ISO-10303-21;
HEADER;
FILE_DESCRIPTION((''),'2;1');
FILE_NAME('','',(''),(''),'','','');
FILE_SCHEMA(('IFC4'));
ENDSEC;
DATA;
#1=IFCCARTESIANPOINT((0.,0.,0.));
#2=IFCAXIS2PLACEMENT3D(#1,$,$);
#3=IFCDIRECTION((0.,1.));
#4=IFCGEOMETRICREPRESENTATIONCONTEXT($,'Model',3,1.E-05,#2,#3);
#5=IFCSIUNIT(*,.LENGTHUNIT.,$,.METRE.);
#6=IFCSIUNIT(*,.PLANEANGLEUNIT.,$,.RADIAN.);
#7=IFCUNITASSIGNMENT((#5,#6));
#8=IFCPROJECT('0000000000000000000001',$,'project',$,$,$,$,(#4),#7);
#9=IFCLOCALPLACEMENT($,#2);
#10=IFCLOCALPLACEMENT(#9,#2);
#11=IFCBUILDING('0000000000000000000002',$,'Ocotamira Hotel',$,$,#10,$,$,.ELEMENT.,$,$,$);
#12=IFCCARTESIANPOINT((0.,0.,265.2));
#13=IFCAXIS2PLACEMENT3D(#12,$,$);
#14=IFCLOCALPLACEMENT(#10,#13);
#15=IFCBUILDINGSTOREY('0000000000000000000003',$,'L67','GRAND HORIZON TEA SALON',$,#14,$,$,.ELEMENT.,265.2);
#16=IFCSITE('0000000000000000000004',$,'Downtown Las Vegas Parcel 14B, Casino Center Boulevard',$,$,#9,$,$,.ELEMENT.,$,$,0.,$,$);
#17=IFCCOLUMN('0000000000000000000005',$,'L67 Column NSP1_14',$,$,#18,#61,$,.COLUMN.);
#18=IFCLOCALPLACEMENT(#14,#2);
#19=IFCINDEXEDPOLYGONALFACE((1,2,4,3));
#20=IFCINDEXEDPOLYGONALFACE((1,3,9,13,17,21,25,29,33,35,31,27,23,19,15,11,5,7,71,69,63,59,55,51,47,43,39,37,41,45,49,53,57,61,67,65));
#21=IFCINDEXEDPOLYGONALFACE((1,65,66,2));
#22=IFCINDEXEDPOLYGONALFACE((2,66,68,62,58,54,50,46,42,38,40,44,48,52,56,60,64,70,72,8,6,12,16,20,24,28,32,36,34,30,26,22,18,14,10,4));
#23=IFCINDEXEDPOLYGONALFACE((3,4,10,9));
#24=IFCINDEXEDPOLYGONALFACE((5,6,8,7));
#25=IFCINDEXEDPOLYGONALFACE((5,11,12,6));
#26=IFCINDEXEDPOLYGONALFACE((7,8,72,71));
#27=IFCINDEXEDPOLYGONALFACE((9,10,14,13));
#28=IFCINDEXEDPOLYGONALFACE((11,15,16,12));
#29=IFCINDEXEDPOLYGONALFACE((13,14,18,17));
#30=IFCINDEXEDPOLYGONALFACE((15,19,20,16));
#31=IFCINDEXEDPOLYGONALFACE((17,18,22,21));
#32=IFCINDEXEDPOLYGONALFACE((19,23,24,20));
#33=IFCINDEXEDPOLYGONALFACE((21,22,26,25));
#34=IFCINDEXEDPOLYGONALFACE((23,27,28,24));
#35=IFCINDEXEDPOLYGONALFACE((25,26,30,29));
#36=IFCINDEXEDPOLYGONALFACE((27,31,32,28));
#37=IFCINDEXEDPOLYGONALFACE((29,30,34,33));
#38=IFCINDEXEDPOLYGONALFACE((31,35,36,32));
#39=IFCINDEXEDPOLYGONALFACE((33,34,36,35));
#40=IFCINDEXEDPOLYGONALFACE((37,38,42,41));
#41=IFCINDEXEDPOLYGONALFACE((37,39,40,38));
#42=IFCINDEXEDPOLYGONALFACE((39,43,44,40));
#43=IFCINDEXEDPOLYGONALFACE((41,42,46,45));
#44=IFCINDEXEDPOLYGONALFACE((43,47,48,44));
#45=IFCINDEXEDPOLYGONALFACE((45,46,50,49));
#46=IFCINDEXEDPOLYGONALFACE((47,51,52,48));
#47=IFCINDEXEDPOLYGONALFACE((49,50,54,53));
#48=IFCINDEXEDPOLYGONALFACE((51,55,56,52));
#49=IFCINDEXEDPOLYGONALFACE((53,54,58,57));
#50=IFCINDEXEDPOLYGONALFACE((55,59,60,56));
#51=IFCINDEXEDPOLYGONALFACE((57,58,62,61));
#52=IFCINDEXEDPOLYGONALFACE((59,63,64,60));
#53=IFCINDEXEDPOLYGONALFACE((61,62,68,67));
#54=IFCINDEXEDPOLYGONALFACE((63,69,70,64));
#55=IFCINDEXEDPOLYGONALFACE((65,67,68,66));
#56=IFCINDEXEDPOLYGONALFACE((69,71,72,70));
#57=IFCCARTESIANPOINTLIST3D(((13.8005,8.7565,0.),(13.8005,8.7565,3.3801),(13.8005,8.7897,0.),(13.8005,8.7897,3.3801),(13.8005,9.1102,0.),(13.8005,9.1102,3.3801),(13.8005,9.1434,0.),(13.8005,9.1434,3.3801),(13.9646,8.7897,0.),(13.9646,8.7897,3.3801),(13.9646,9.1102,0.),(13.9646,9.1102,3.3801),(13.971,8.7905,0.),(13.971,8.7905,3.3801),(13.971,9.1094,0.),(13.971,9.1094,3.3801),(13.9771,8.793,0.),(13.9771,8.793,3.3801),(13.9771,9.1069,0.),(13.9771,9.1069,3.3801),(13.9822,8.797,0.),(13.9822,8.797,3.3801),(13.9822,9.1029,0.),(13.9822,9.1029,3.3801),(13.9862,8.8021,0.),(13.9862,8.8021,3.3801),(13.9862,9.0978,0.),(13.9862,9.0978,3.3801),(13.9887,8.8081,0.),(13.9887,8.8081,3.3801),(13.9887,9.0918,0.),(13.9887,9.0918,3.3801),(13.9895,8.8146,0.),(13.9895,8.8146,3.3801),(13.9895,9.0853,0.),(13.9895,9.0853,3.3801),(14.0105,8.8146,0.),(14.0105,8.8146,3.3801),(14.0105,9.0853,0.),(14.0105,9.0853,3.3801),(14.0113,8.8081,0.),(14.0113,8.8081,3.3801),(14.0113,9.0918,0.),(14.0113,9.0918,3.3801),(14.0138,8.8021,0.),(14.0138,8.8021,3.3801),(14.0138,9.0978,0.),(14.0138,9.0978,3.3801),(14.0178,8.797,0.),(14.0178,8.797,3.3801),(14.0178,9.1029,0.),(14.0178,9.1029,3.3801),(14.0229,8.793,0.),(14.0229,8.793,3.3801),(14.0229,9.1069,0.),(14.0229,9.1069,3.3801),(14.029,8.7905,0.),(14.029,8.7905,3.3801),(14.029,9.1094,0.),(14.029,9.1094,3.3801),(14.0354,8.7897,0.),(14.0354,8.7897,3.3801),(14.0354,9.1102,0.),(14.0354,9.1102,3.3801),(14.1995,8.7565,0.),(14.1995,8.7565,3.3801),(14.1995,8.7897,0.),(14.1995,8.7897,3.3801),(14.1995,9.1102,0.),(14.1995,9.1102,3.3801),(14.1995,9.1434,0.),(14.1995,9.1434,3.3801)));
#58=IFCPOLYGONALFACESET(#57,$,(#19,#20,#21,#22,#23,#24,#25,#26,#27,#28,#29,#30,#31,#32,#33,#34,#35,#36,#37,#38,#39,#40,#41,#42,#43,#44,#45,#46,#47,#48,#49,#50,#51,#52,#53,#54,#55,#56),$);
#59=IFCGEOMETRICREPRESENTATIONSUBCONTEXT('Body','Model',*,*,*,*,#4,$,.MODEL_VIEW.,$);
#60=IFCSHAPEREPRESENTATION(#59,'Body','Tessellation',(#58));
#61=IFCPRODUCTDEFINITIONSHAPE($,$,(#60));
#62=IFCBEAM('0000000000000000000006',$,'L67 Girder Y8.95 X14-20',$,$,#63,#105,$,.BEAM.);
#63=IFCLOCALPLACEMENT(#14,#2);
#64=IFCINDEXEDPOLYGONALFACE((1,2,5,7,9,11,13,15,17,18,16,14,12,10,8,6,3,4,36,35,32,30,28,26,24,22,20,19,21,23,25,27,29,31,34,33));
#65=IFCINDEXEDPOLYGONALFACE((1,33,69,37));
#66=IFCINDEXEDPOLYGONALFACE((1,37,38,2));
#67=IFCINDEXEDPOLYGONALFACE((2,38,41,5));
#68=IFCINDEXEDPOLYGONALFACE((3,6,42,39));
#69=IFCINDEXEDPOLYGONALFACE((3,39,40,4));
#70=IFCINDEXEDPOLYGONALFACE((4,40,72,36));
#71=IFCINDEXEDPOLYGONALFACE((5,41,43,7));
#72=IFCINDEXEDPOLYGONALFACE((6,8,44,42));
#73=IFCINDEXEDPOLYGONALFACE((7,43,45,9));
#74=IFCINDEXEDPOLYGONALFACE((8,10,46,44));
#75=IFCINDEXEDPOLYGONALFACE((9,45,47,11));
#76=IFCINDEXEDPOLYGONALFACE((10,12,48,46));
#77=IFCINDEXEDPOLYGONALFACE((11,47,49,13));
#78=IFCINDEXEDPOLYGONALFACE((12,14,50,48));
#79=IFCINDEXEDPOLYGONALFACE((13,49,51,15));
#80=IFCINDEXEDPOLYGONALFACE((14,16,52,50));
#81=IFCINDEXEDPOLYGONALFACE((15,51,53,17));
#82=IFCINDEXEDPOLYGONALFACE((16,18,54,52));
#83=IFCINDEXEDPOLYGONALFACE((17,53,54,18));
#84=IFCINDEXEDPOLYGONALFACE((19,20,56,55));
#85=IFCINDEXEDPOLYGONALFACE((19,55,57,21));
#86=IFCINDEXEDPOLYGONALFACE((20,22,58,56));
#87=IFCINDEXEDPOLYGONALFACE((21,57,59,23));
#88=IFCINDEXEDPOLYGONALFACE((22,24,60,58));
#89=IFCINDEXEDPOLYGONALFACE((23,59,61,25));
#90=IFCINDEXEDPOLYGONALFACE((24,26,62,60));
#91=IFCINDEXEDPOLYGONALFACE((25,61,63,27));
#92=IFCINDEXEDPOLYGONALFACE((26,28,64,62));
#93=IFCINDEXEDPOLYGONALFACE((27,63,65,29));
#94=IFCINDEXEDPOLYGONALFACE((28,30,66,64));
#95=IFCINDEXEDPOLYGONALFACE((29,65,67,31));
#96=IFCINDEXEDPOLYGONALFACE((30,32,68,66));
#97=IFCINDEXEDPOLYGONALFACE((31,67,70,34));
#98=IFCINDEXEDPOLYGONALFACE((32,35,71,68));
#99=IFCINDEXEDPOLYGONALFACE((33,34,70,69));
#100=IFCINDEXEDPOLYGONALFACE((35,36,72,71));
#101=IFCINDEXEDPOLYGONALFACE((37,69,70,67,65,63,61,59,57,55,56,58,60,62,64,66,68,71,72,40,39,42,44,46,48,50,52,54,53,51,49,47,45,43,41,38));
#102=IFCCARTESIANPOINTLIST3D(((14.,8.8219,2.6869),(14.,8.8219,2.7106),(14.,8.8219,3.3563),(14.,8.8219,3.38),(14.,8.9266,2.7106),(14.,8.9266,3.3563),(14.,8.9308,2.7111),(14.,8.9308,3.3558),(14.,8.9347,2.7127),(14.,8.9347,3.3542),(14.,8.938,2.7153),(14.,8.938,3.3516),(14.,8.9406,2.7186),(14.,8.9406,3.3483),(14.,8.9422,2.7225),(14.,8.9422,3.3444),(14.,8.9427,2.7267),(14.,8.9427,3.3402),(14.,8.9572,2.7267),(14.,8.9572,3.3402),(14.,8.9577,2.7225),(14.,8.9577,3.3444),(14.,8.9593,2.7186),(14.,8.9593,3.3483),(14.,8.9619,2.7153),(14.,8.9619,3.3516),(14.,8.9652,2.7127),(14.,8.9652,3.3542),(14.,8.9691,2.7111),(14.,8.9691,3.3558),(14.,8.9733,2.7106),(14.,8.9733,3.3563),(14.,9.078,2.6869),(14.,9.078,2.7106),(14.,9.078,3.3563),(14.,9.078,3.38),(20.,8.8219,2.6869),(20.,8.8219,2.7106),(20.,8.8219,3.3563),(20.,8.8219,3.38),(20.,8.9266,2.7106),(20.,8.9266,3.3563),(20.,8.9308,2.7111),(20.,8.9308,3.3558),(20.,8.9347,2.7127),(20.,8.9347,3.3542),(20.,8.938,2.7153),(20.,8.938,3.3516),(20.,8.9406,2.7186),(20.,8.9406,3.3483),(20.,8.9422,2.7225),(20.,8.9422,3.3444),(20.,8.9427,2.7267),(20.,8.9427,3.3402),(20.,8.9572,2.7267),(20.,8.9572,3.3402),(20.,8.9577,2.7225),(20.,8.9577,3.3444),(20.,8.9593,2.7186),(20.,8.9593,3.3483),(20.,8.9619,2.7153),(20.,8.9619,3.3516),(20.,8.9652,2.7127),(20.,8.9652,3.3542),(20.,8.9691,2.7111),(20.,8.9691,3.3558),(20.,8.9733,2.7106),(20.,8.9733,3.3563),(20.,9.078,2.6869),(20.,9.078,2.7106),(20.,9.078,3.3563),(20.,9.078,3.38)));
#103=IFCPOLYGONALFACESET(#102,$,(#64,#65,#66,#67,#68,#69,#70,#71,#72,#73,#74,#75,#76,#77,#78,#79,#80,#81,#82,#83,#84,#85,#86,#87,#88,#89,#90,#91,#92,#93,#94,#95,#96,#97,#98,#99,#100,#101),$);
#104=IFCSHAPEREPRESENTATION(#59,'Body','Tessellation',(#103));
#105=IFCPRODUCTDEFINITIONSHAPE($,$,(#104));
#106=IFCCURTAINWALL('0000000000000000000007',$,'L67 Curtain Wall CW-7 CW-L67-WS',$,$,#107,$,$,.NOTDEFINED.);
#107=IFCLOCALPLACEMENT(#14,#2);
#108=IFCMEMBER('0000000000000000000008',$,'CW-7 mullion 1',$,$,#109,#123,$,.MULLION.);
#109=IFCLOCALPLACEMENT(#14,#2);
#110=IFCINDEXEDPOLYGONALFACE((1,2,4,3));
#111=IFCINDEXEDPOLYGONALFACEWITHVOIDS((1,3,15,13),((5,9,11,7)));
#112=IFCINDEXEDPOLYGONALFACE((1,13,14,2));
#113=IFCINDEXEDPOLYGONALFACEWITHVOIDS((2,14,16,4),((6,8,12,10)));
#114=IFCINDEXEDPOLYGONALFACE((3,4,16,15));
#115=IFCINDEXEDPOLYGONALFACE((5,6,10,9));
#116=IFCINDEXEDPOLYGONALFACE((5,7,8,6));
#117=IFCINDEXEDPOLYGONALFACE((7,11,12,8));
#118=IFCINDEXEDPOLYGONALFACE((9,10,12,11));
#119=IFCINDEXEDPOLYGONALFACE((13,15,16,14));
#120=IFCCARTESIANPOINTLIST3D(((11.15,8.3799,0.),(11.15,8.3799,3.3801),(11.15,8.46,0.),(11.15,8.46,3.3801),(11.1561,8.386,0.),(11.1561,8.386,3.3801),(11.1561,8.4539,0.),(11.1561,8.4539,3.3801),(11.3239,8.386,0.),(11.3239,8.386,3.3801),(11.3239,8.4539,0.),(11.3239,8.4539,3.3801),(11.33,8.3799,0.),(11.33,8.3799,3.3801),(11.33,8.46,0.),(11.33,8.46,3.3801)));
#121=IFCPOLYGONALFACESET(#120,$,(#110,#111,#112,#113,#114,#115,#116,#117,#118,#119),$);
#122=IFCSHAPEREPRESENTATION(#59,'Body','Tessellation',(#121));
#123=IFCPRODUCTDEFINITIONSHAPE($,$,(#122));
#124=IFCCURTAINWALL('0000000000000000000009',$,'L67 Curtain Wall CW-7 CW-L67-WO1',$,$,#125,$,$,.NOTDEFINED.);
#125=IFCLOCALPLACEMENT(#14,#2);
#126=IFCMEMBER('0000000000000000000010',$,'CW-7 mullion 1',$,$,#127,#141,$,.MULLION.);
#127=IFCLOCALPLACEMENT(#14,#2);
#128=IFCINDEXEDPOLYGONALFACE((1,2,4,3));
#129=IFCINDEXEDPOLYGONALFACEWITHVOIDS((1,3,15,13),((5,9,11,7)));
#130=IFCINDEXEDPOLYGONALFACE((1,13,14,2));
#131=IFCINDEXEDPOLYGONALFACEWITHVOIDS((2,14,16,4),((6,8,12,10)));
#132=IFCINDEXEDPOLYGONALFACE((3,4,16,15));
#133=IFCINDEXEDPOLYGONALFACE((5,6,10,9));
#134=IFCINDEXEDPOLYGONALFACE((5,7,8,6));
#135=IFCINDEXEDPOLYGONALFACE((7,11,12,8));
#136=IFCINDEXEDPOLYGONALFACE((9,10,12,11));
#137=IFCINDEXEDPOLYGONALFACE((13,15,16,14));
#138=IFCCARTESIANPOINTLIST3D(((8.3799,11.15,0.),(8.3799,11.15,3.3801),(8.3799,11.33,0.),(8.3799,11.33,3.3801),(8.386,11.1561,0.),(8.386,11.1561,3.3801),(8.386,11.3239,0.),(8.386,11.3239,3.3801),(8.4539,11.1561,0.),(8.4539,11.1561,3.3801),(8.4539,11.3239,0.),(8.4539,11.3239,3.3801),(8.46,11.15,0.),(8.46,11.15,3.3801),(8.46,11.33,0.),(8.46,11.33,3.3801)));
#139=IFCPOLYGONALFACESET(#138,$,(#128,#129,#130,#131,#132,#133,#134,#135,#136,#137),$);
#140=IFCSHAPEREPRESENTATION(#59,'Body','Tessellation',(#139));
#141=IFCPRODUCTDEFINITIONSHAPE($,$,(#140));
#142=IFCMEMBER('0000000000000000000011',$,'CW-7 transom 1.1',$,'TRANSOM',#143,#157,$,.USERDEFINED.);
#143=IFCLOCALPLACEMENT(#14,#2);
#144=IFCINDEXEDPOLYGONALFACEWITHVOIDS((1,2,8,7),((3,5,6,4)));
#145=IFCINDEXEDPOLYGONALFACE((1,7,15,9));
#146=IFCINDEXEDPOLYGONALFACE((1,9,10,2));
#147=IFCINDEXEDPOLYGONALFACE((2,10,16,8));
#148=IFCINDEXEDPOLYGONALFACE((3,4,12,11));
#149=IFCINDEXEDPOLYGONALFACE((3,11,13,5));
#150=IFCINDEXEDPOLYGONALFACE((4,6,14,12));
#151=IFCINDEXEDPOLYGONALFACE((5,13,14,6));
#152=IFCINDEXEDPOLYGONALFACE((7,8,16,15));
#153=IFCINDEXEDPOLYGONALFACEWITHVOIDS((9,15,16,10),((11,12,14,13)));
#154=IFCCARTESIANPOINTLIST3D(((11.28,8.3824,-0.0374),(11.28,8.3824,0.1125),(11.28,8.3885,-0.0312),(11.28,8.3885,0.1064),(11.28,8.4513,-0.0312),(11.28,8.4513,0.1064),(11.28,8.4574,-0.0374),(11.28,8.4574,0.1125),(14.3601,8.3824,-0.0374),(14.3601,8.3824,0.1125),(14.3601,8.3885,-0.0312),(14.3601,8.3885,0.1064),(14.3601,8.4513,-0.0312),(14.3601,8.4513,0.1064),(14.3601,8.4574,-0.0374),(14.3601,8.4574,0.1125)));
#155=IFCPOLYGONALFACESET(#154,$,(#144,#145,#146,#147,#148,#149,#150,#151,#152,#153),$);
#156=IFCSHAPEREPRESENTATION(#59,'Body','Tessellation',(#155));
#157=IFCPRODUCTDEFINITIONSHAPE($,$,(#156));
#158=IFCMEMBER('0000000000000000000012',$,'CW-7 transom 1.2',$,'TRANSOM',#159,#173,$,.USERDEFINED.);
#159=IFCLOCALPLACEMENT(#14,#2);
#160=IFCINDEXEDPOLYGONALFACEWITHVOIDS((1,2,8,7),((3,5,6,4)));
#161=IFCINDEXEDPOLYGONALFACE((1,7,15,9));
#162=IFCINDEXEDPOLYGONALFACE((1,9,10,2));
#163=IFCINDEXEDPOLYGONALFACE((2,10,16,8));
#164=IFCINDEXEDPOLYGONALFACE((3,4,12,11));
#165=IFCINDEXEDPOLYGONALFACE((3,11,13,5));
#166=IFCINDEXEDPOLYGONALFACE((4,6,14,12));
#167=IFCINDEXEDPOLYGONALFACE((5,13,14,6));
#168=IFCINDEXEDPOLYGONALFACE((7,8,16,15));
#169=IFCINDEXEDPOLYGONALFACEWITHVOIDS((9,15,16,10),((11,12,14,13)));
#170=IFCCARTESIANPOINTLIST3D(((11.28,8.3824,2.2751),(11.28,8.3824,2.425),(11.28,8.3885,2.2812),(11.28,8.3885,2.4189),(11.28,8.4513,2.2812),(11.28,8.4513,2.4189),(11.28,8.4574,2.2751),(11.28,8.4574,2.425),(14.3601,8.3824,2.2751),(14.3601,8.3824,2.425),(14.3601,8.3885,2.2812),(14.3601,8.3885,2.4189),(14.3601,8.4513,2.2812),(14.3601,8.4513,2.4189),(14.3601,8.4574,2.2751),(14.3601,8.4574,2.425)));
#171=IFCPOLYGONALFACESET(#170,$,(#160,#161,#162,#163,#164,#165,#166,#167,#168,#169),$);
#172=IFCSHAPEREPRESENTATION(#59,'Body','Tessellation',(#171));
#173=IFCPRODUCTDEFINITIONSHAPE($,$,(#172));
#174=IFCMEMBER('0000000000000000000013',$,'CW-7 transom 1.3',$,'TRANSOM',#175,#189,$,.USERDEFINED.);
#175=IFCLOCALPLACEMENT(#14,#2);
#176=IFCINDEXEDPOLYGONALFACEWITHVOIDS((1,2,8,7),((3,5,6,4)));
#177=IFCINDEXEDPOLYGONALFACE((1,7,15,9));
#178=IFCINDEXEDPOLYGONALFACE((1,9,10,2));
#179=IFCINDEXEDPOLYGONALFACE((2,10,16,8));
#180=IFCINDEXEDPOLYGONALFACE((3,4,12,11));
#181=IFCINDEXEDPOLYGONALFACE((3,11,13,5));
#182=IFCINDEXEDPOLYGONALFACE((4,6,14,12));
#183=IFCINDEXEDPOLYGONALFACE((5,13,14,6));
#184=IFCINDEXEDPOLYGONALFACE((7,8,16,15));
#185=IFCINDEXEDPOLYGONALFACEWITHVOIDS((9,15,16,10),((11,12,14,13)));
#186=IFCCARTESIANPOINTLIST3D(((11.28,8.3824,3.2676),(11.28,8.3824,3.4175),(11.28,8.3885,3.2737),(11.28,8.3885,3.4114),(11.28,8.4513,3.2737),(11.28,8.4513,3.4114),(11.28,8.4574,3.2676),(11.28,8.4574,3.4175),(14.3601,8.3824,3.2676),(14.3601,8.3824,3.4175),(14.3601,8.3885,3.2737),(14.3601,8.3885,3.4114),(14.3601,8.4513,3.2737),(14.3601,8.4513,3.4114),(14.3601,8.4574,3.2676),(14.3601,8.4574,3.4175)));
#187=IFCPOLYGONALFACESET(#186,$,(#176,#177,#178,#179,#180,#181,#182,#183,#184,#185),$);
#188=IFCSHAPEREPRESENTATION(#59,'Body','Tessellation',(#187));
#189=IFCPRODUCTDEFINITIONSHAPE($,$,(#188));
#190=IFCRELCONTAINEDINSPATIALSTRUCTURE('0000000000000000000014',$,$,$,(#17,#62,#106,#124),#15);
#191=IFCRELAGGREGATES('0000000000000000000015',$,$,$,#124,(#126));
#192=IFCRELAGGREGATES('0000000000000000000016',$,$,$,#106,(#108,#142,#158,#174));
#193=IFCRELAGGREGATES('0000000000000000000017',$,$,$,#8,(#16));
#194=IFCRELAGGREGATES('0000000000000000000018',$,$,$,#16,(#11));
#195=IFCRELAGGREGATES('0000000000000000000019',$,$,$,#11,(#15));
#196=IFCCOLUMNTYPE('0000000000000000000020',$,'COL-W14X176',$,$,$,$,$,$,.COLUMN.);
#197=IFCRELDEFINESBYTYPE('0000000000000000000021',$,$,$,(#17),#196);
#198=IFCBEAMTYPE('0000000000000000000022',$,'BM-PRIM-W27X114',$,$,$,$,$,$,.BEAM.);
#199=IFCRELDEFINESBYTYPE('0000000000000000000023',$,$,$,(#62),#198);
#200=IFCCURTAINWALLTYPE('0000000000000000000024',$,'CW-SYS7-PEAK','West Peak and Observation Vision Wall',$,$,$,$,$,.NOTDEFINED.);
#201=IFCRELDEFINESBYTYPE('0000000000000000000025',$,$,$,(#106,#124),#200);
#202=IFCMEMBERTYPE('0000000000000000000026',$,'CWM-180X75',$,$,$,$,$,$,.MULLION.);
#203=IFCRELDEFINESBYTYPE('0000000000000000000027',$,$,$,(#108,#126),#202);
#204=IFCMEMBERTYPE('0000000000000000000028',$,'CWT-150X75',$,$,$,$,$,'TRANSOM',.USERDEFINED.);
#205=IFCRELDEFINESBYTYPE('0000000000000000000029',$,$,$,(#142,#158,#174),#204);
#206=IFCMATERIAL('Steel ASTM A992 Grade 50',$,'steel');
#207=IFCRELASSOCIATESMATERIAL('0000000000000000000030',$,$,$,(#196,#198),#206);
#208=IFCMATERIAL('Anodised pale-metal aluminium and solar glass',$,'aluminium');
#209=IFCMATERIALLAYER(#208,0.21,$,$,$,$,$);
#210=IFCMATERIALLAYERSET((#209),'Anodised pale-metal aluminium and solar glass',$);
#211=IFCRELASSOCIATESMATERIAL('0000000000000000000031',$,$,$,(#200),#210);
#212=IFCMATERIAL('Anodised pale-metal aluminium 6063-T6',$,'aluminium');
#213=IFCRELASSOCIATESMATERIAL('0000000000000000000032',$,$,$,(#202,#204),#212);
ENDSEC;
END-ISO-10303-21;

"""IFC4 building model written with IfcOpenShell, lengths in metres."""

from ifc_helpers import new_model, si_unit, direction, frame, origin, origin_2d, place, context, subcontext, project, spatial, hollow_rectangle, i_section, extrude, source, transform, mapped, material, layer, layer_set, material_profile, profile_set, type_object, element, aggregate, save


model = new_model("IFC4")

# Units and contexts
model_context = context("Model", 3, precision=1e-05, world=origin(), true_north=direction((0.0, 1.0)))
body_context = subcontext(model_context, "Body", "Model", "MODEL_VIEW")
ifc_project = project(units=[si_unit("LENGTHUNIT", "METRE"), si_unit("PLANEANGLEUNIT", "RADIAN")], contexts=[model_context])

# Site, building, storey
site_placement = place(None, origin())
site = spatial("IfcSite", under=ifc_project, at=site_placement, Name="Downtown Las Vegas Parcel 14B, Casino Center Boulevard", CompositionType="ELEMENT", RefElevation=0.0)
building_placement = place(site_placement, origin())
building = spatial("IfcBuilding", under=site, at=building_placement, Name="Ocotamira Hotel", CompositionType="ELEMENT")
storey_placement = place(building_placement, frame((0.0, 0.0, 265.2)))
storey = spatial("IfcBuildingStorey", under=building, at=storey_placement, Name="L67", Description="GRAND HORIZON TEA SALON", CompositionType="ELEMENT", Elevation=265.2)

# Column
ifc_material_1 = material(Name="Steel ASTM A992 Grade 50", Category="steel")
ifc_material_profile_1 = material_profile(ifc_material_1, i_section(OverallWidth=0.3989, OverallDepth=0.387, WebThickness=0.021, FlangeThickness=0.0332, FilletRadius=0.0249, at=origin_2d()), Name="W14X176")
ifc_profile_set_1 = profile_set([ifc_material_profile_1], Name="Steel ASTM A992 Grade 50")
column_type = type_object("IfcColumnType", Name="COL-W14X176", PredefinedType="COLUMN", material=ifc_profile_set_1)
shared_shape_1 = source(origin(), body_context, "Body", "SweptSolid", [
    extrude(i_section(OverallWidth=0.3989, OverallDepth=0.387, WebThickness=0.021, FlangeThickness=0.0332, FilletRadius=0.0249, at=origin_2d()), origin(), (0.0, 0.0, 1.0), 3.3801),
])
column_placement = place(storey_placement, frame((14.0, 8.95, 0.0), z_axis=(0.0, 0.0, 1.0), x_axis=(1.0, 0.0, 0.0)))
element("IfcColumn", 1, at=column_placement, inside=storey, type_object=column_type, Name="L67 Column NSP1_14", PredefinedType="COLUMN", context=body_context, shape_type="MappedRepresentation", body=[
    mapped(shared_shape_1, transform((0.0, 0.0, 0.0), scale=1.0)),
])

# Beam
ifc_material_profile_2 = material_profile(ifc_material_1, i_section(OverallWidth=0.2561, OverallDepth=0.6931, WebThickness=0.0144, FlangeThickness=0.0237, FilletRadius=0.0161, at=origin_2d()), Name="W27X114")
ifc_profile_set_2 = profile_set([ifc_material_profile_2], Name="Steel ASTM A992 Grade 50")
beam_type = type_object("IfcBeamType", Name="BM-PRIM-W27X114", PredefinedType="BEAM", material=ifc_profile_set_2)
shared_shape_2 = source(origin(), body_context, "Body", "SweptSolid", [
    extrude(i_section(OverallWidth=0.2561, OverallDepth=0.6931, WebThickness=0.0144, FlangeThickness=0.0237, FilletRadius=0.0161, at=origin_2d()), origin(), (0.0, 0.0, 1.0), 6.0),
])
beam_placement = place(storey_placement, frame((14.0, 8.95, 3.0334), z_axis=(1.0, 0.0, 0.0), x_axis=(0.0, 1.0, 0.0)))
element("IfcBeam", 2, at=beam_placement, inside=storey, type_object=beam_type, Name="L67 Girder Y8.95 X14-20", PredefinedType="BEAM", context=body_context, shape_type="MappedRepresentation", body=[
    mapped(shared_shape_2, transform((0.0, 0.0, 0.0), scale=1.0)),
])

# Curtain walls, members
ifc_material_2 = material(Name="Anodised pale-metal aluminium and solar glass", Category="aluminium")
ifc_layer_1 = layer(ifc_material_2, 0.21)
ifc_layer_set_1 = layer_set([ifc_layer_1], Name="Anodised pale-metal aluminium and solar glass")
curtain_wall_type = type_object("IfcCurtainWallType", Name="CW-SYS7-PEAK", Description="West Peak and Observation Vision Wall", PredefinedType="NOTDEFINED", material=ifc_layer_set_1)
curtain_wall_1_placement = place(storey_placement, origin())
curtain_wall_1 = element("IfcCurtainWall", 3, at=curtain_wall_1_placement, inside=storey, type_object=curtain_wall_type, Name="L67 Curtain Wall CW-7 CW-L67-WS", PredefinedType="NOTDEFINED")
ifc_material_3 = material(Name="Anodised pale-metal aluminium 6063-T6", Category="aluminium")
ifc_material_profile_3 = material_profile(ifc_material_3, hollow_rectangle(XDim=0.0801, YDim=0.1799, WallThickness=0.0061, at=origin_2d()), Name="HSS180X80X6")
ifc_profile_set_3 = profile_set([ifc_material_profile_3], Name="Anodised pale-metal aluminium 6063-T6")
member_type_1 = type_object("IfcMemberType", Name="CWM-180X75", PredefinedType="MULLION", material=ifc_profile_set_3)
shared_shape_3 = source(origin(), body_context, "Body", "SweptSolid", [
    extrude(hollow_rectangle(XDim=0.0801, YDim=0.1799, WallThickness=0.0061, at=origin_2d()), origin(), (0.0, 0.0, 1.0), 3.3801),
])
member_1_placement = place(storey_placement, frame((11.24, 8.4199, 0.0), z_axis=(0.0, 0.0, 1.0), x_axis=(0.0, 1.0, 0.0)))
member_1 = element("IfcMember", 4, at=member_1_placement, type_object=member_type_1, Name="CW-7 mullion 1", PredefinedType="MULLION", context=body_context, shape_type="MappedRepresentation", body=[
    mapped(shared_shape_3, transform((0.0, 0.0, 0.0), scale=1.0)),
])
curtain_wall_2_placement = place(storey_placement, origin())
curtain_wall_2 = element("IfcCurtainWall", 5, at=curtain_wall_2_placement, inside=storey, type_object=curtain_wall_type, Name="L67 Curtain Wall CW-7 CW-L67-WO1", PredefinedType="NOTDEFINED")
member_2_placement = place(storey_placement, frame((8.4199, 11.24, 0.0), z_axis=(0.0, 0.0, 1.0), x_axis=(-1.0, 0.0, 0.0)))
member_2 = element("IfcMember", 6, at=member_2_placement, type_object=member_type_1, Name="CW-7 mullion 1", PredefinedType="MULLION", context=body_context, shape_type="MappedRepresentation", body=[
    mapped(shared_shape_3, transform((0.0, 0.0, 0.0), scale=1.0)),
])

# Members
ifc_material_profile_4 = material_profile(ifc_material_3, hollow_rectangle(XDim=0.075, YDim=0.1499, WallThickness=0.0061, at=origin_2d()), Name="HSS150X75X6")
ifc_profile_set_4 = profile_set([ifc_material_profile_4], Name="Anodised pale-metal aluminium 6063-T6")
member_type_2 = type_object("IfcMemberType", Name="CWT-150X75", ElementType="TRANSOM", PredefinedType="USERDEFINED", material=ifc_profile_set_4)
shared_shape_4 = source(origin(), body_context, "Body", "SweptSolid", [
    extrude(hollow_rectangle(XDim=0.075, YDim=0.1499, WallThickness=0.0061, at=origin_2d()), origin(), (0.0, 0.0, 1.0), 3.0801),
])
member_3_placement = place(storey_placement, frame((11.28, 8.4199, 0.0376), z_axis=(1.0, 0.0, 0.0), x_axis=(0.0, 1.0, 0.0)))
member_3 = element("IfcMember", 7, at=member_3_placement, type_object=member_type_2, Name="CW-7 transom 1.1", ObjectType="TRANSOM", PredefinedType="USERDEFINED", context=body_context, shape_type="MappedRepresentation", body=[
    mapped(shared_shape_4, transform((0.0, 0.0, 0.0), scale=1.0)),
])
member_4_placement = place(storey_placement, frame((11.28, 8.4199, 2.3501), z_axis=(1.0, 0.0, 0.0), x_axis=(0.0, 1.0, 0.0)))
member_4 = element("IfcMember", 8, at=member_4_placement, type_object=member_type_2, Name="CW-7 transom 1.2", ObjectType="TRANSOM", PredefinedType="USERDEFINED", context=body_context, shape_type="MappedRepresentation", body=[
    mapped(shared_shape_4, transform((0.0, 0.0, 0.0), scale=1.0)),
])
member_5_placement = place(storey_placement, frame((11.28, 8.4199, 3.3425), z_axis=(1.0, 0.0, 0.0), x_axis=(0.0, 1.0, 0.0)))
member_5 = element("IfcMember", 9, at=member_5_placement, type_object=member_type_2, Name="CW-7 transom 1.3", ObjectType="TRANSOM", PredefinedType="USERDEFINED", context=body_context, shape_type="MappedRepresentation", body=[
    mapped(shared_shape_4, transform((0.0, 0.0, 0.0), scale=1.0)),
])
aggregate(curtain_wall_2, [member_2])

aggregate(curtain_wall_1, [member_1, member_3, member_4, member_5])

save(model, "model.ifc")
